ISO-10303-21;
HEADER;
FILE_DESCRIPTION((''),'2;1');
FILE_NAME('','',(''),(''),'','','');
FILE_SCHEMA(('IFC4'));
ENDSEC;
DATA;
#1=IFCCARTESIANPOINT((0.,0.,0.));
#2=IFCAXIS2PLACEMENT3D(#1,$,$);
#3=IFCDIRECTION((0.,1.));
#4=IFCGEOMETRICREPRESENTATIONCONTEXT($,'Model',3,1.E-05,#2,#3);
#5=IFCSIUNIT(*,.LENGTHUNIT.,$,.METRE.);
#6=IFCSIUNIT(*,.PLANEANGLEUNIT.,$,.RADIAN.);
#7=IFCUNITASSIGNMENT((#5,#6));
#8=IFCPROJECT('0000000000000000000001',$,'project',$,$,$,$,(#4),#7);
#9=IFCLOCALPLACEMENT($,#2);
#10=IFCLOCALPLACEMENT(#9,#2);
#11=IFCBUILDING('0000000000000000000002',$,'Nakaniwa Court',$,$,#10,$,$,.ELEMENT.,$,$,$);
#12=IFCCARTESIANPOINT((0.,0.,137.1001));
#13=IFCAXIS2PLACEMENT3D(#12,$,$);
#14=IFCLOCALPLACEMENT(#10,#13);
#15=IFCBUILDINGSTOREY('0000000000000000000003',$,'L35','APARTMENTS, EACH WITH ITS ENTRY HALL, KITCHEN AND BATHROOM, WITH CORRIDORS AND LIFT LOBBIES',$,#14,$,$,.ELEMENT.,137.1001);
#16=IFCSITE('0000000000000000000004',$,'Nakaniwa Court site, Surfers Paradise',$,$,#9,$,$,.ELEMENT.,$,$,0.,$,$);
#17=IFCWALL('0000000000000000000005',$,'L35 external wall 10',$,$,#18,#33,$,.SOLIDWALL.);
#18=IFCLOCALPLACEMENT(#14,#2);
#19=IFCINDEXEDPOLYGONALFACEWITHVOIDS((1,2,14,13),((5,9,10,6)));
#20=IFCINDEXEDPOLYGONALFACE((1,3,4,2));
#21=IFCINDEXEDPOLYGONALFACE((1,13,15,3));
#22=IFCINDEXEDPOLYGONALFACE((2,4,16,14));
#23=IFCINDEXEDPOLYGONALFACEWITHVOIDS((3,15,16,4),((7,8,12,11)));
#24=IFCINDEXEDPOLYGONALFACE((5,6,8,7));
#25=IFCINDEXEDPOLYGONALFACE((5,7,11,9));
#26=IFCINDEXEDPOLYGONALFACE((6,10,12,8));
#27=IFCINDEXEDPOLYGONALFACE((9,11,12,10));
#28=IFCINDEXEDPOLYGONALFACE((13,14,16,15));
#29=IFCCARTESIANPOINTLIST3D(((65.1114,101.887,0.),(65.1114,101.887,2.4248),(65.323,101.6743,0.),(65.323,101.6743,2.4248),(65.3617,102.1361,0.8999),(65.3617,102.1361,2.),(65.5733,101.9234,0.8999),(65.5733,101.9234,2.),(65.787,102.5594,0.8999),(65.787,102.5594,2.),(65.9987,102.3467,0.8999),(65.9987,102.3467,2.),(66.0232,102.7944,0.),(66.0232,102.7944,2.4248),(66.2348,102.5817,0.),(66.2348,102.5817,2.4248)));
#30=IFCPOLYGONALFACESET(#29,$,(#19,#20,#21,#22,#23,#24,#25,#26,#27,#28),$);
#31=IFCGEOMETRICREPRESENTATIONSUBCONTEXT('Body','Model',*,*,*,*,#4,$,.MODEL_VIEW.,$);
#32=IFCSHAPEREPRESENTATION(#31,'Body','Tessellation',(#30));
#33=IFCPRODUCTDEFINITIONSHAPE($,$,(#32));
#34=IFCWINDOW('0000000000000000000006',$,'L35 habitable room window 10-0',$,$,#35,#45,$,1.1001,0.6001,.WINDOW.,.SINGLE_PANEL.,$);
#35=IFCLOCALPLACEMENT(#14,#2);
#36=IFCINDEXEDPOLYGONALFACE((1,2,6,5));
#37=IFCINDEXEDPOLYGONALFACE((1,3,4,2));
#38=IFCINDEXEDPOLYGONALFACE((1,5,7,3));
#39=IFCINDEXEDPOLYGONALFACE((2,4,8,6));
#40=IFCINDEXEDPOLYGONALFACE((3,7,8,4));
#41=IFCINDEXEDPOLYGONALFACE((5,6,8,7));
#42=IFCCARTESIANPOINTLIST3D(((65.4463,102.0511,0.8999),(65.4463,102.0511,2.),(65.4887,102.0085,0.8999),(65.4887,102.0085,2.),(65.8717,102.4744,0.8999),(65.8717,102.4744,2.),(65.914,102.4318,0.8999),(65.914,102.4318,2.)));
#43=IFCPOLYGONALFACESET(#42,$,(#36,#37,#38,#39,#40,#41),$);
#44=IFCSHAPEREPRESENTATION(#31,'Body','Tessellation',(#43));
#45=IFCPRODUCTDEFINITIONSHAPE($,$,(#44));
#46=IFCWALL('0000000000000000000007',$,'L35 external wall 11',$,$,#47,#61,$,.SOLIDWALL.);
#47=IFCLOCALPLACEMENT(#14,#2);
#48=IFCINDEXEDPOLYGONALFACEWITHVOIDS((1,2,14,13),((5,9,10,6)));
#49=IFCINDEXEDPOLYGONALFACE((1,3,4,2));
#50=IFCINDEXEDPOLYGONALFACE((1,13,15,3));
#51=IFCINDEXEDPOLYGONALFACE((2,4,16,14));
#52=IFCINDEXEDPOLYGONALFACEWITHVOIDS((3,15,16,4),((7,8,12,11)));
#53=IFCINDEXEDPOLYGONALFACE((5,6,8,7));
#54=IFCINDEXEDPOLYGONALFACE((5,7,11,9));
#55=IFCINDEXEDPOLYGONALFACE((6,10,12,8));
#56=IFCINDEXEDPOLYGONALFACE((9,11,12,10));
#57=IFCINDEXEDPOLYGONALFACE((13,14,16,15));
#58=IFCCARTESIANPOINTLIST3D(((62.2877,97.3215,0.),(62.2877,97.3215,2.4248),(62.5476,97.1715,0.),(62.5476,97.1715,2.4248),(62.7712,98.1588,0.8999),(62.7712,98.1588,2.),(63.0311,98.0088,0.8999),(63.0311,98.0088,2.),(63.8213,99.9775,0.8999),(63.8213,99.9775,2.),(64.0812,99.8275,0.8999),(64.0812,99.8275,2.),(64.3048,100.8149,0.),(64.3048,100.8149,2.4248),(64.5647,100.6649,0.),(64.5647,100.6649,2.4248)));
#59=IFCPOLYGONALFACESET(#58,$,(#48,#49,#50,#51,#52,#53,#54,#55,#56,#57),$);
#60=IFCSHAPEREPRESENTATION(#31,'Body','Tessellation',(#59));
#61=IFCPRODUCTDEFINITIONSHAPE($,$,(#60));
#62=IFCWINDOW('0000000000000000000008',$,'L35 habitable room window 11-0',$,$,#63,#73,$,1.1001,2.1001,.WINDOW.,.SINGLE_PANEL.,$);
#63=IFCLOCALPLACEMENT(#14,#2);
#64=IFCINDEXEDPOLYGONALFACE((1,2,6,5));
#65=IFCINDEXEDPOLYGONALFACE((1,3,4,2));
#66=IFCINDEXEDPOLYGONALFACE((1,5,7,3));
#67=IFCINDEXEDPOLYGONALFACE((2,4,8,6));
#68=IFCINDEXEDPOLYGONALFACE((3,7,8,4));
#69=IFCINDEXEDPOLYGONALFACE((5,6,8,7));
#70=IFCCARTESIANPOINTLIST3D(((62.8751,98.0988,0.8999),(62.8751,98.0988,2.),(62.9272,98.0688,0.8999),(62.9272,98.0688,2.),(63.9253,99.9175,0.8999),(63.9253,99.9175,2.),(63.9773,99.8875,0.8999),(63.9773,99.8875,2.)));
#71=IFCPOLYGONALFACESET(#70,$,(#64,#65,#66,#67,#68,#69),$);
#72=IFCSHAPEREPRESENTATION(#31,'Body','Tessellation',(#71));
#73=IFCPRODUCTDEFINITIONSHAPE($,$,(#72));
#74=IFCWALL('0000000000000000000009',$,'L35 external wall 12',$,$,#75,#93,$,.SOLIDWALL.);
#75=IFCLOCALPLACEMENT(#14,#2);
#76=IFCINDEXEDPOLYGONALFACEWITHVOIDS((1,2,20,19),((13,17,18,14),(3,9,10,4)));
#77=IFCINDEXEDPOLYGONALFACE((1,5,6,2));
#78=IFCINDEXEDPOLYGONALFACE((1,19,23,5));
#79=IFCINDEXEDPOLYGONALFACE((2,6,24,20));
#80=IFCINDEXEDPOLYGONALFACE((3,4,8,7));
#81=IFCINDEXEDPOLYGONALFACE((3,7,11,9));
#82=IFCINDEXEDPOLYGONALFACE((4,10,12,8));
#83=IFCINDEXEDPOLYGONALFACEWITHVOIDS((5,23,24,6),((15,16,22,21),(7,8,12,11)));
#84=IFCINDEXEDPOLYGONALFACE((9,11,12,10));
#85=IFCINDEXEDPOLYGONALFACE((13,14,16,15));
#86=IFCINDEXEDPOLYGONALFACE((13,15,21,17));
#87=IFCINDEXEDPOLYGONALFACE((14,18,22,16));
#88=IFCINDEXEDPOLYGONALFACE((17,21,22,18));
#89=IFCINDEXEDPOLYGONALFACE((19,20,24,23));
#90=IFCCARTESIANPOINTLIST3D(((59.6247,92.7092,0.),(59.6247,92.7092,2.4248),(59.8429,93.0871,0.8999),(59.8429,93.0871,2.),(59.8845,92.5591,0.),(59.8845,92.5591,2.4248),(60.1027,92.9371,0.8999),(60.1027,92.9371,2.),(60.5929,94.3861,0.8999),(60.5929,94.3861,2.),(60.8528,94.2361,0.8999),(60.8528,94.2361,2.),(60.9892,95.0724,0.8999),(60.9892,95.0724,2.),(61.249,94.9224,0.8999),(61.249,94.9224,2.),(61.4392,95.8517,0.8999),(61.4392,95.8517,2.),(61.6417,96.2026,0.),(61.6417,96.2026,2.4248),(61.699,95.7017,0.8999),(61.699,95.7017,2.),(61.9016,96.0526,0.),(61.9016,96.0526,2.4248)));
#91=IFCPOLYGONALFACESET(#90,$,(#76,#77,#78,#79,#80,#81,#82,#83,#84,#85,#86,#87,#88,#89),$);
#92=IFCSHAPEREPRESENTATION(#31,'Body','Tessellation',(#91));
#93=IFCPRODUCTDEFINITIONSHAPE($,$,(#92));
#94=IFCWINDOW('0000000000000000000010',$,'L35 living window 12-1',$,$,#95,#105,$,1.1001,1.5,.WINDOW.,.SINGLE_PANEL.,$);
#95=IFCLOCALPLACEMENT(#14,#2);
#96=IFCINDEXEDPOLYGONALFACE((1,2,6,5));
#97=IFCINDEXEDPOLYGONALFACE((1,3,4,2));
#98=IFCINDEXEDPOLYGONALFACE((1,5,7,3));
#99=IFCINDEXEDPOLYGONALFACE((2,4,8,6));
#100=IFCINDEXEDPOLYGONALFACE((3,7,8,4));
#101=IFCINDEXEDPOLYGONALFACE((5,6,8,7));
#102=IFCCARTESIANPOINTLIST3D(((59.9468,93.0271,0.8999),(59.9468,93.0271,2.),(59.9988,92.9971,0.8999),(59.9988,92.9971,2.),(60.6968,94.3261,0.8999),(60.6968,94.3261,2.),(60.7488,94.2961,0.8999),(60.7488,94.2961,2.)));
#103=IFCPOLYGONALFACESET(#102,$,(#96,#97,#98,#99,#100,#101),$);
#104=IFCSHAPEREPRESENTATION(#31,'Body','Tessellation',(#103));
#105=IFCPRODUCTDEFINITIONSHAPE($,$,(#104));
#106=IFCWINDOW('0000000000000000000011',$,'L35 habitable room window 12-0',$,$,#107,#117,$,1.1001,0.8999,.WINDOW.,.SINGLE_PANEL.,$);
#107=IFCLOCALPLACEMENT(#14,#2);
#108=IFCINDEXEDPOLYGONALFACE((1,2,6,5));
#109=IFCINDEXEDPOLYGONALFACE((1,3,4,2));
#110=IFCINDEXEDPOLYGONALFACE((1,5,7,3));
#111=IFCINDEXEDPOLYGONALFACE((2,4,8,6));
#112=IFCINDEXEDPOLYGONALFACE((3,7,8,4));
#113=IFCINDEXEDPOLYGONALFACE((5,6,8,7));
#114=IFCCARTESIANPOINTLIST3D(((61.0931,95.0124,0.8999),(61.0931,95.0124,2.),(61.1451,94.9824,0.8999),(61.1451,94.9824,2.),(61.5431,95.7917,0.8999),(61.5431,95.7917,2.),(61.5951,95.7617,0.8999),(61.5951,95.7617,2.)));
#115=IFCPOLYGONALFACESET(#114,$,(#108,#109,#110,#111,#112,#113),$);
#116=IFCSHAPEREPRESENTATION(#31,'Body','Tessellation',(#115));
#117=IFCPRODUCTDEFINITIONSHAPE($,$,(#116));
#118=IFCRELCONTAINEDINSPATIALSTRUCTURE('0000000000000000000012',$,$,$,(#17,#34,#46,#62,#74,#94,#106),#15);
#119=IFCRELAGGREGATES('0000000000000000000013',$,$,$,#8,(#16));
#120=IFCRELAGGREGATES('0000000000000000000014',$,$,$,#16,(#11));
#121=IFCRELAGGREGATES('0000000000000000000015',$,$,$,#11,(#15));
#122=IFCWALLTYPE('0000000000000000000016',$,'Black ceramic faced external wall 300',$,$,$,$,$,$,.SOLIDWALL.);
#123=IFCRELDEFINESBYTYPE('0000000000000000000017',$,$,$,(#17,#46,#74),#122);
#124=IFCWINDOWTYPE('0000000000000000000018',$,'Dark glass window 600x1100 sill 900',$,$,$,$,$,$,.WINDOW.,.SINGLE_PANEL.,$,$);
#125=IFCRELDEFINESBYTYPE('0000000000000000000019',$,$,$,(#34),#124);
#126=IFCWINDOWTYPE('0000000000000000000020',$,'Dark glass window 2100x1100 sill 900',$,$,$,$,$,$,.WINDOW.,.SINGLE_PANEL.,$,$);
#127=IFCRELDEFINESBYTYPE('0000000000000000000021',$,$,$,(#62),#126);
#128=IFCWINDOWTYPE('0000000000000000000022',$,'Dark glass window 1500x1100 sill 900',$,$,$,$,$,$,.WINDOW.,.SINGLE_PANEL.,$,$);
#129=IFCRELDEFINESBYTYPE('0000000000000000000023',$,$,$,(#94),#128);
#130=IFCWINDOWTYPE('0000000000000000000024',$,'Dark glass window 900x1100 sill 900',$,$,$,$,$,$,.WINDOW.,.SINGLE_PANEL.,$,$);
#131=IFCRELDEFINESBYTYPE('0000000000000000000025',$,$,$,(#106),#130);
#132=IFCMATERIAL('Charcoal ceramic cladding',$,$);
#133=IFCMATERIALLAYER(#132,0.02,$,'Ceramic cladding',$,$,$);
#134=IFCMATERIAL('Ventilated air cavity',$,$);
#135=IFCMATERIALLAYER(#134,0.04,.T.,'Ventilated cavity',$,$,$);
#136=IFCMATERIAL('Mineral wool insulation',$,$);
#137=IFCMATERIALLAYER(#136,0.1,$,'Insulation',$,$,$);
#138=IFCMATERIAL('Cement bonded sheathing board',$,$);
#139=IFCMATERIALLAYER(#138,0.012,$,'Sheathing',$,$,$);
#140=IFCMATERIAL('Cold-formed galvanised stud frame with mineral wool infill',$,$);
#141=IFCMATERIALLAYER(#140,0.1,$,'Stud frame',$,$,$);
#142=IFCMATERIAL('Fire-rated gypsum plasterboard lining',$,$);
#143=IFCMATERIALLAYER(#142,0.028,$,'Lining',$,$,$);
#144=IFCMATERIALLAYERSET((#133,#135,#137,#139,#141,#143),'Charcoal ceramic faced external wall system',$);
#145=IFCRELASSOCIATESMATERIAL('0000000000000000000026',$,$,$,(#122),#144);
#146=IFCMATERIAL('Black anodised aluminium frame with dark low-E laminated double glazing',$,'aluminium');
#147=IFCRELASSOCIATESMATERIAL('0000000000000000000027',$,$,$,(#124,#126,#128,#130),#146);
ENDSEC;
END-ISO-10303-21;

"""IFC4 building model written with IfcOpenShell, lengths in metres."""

from ifc_helpers import new_model, si_unit, direction, frame, frame_2d, origin, place, context, subcontext, project, spatial, rectangle, extrude, material, layer, layer_set, type_object, element, fill, save


model = new_model("IFC4")

# Units and contexts
model_context = context("Model", 3, precision=1e-05, world=origin(), true_north=direction((0.0, 1.0)))
body_context = subcontext(model_context, "Body", "Model", "MODEL_VIEW")
ifc_project = project(units=[si_unit("LENGTHUNIT", "METRE"), si_unit("PLANEANGLEUNIT", "RADIAN")], contexts=[model_context])

# Site, building, storey
site_placement = place(None, origin())
site = spatial("IfcSite", under=ifc_project, at=site_placement, Name="Nakaniwa Court site, Surfers Paradise", CompositionType="ELEMENT", RefElevation=0.0)
building_placement = place(site_placement, origin())
building = spatial("IfcBuilding", under=site, at=building_placement, Name="Nakaniwa Court", CompositionType="ELEMENT")
storey_placement = place(building_placement, frame((0.0, 0.0, 137.1001)))
storey = spatial("IfcBuildingStorey", under=building, at=storey_placement, Name="L35", Description="APARTMENTS, EACH WITH ITS ENTRY HALL, KITCHEN AND BATHROOM, WITH CORRIDORS AND LIFT LOBBIES", CompositionType="ELEMENT", Elevation=137.1001)

# Walls, openings, windows
ifc_material_1 = material(Name="Charcoal ceramic cladding")
ifc_layer_1 = layer(ifc_material_1, 0.02, Name="Ceramic cladding")
ifc_material_2 = material(Name="Ventilated air cavity")
ifc_layer_2 = layer(ifc_material_2, 0.04, ventilated=True, Name="Ventilated cavity")
ifc_material_3 = material(Name="Mineral wool insulation")
ifc_layer_3 = layer(ifc_material_3, 0.1, Name="Insulation")
ifc_material_4 = material(Name="Cement bonded sheathing board")
ifc_layer_4 = layer(ifc_material_4, 0.012, Name="Sheathing")
ifc_material_5 = material(Name="Cold-formed galvanised stud frame with mineral wool infill")
ifc_layer_5 = layer(ifc_material_5, 0.1, Name="Stud frame")
ifc_material_6 = material(Name="Fire-rated gypsum plasterboard lining")
ifc_layer_6 = layer(ifc_material_6, 0.028, Name="Lining")
ifc_layer_set_1 = layer_set([ifc_layer_1, ifc_layer_2, ifc_layer_3, ifc_layer_4, ifc_layer_5, ifc_layer_6], Name="Charcoal ceramic faced external wall system")
wall_type_1 = type_object("IfcWallType", Name="Black ceramic faced external wall 300", PredefinedType="SOLIDWALL", material=ifc_layer_set_1)
wall_1_placement = place(storey_placement, frame((66.1289, 102.688, 0.0), z_axis=(0.0, 0.0, 1.0), x_axis=(-0.708813, -0.705397, 0.0)))
wall_1 = element("IfcWall", 1, at=wall_1_placement, inside=storey, type_object=wall_type_1, Name="L35 external wall 10", PredefinedType="SOLIDWALL", context=body_context, shape_type="SweptSolid", body=[
    extrude(rectangle(XDim=1.2864, YDim=0.3, at=frame_2d((0.6431, 0.0))), origin(), (0.0, 0.0, 1.0), 2.4248),
])
opening_1_placement = place(wall_1_placement, frame((0.333, 0.0, 0.8999)))
opening_1 = element("IfcOpeningElement", 2, at=opening_1_placement, cuts=wall_1, PredefinedType="OPENING", context=body_context, shape_type="SweptSolid", body=[
    extrude(rectangle(XDim=0.6001, YDim=1.1001, at=frame_2d((0.3, 0.55))), frame((0.0, 0.1599, 0.0), z_axis=(0.0, -1.0, 0.0), x_axis=(1.0, 0.0, 0.0)), (0.0, 0.0, 1.0), 0.3201),
])
ifc_material_7 = material(Name="Black anodised aluminium frame with dark low-E laminated double glazing", Category="aluminium")
window_type_1 = type_object("IfcWindowType", Name="Dark glass window 600x1100 sill 900", PartitioningType="SINGLE_PANEL", PredefinedType="WINDOW", material=ifc_material_7)
window_1_placement = place(opening_1_placement, origin())
window_1 = element("IfcWindow", 3, at=window_1_placement, inside=storey, type_object=window_type_1, Name="L35 habitable room window 10-0", OverallHeight=1.1001, OverallWidth=0.6001, PartitioningType="SINGLE_PANEL", PredefinedType="WINDOW", context=body_context, shape_type="SweptSolid", body=[
    extrude(rectangle(XDim=0.6001, YDim=1.1001, at=frame_2d((0.3, 0.55))), frame((0.0, 0.03, 0.0), z_axis=(0.0, -1.0, 0.0), x_axis=(1.0, 0.0, 0.0)), (0.0, 0.0, 1.0), 0.0601),
])
fill(opening_1, window_1)
wall_2_placement = place(storey_placement, frame((64.4348, 100.74, 0.0), z_axis=(0.0, 0.0, 1.0), x_axis=(-0.500032, -0.866007, 0.0)))
wall_2 = element("IfcWall", 4, at=wall_2_placement, inside=storey, type_object=wall_type_1, Name="L35 external wall 11", PredefinedType="SOLIDWALL", context=body_context, shape_type="SweptSolid", body=[
    extrude(rectangle(XDim=4.0339, YDim=0.3, at=frame_2d((2.0171, 0.0))), origin(), (0.0, 0.0, 1.0), 2.4248),
])
opening_2_placement = place(wall_2_placement, frame((0.967, 0.0, 0.8999)))
opening_2 = element("IfcOpeningElement", 5, at=opening_2_placement, cuts=wall_2, PredefinedType="OPENING", context=body_context, shape_type="SweptSolid", body=[
    extrude(rectangle(XDim=2.1001, YDim=1.1001, at=frame_2d((1.05, 0.55))), frame((0.0, 0.1599, 0.0), z_axis=(0.0, -1.0, 0.0), x_axis=(1.0, 0.0, 0.0)), (0.0, 0.0, 1.0), 0.3201),
])
window_type_2 = type_object("IfcWindowType", Name="Dark glass window 2100x1100 sill 900", PartitioningType="SINGLE_PANEL", PredefinedType="WINDOW", material=ifc_material_7)
window_2_placement = place(opening_2_placement, origin())
window_2 = element("IfcWindow", 6, at=window_2_placement, inside=storey, type_object=window_type_2, Name="L35 habitable room window 11-0", OverallHeight=1.1001, OverallWidth=2.1001, PartitioningType="SINGLE_PANEL", PredefinedType="WINDOW", context=body_context, shape_type="SweptSolid", body=[
    extrude(rectangle(XDim=2.1001, YDim=1.1001, at=frame_2d((1.05, 0.55))), frame((0.0, 0.03, 0.0), z_axis=(0.0, -1.0, 0.0), x_axis=(1.0, 0.0, 0.0)), (0.0, 0.0, 1.0), 0.0601),
])
fill(opening_2, window_2)

# Wall, openings, windows
wall_3_placement = place(storey_placement, frame((61.7717, 96.1277, 0.0), z_axis=(0.0, 0.0, 1.0), x_axis=(-0.500032, -0.866007, 0.0)))
wall_3 = element("IfcWall", 7, at=wall_3_placement, inside=storey, type_object=wall_type_1, Name="L35 external wall 12", PredefinedType="SOLIDWALL", context=body_context, shape_type="SweptSolid", body=[
    extrude(rectangle(XDim=4.0339, YDim=0.3, at=frame_2d((2.0171, 0.0))), origin(), (0.0, 0.0, 1.0), 2.4248),
])
opening_3_placement = place(wall_3_placement, frame((0.4053, 0.0, 0.8999)))
opening_3 = element("IfcOpeningElement", 8, at=opening_3_placement, cuts=wall_3, PredefinedType="OPENING", context=body_context, shape_type="SweptSolid", body=[
    extrude(rectangle(XDim=0.8999, YDim=1.1001, at=frame_2d((0.45, 0.55))), frame((0.0, 0.1599, 0.0), z_axis=(0.0, -1.0, 0.0), x_axis=(1.0, 0.0, 0.0)), (0.0, 0.0, 1.0), 0.3201),
])
opening_4_placement = place(wall_3_placement, frame((2.0977, 0.0, 0.8999)))
opening_4 = element("IfcOpeningElement", 9, at=opening_4_placement, cuts=wall_3, PredefinedType="OPENING", context=body_context, shape_type="SweptSolid", body=[
    extrude(rectangle(XDim=1.5, YDim=1.1001, at=frame_2d((0.75, 0.55))), frame((0.0, 0.1599, 0.0), z_axis=(0.0, -1.0, 0.0), x_axis=(1.0, 0.0, 0.0)), (0.0, 0.0, 1.0), 0.3201),
])
window_type_3 = type_object("IfcWindowType", Name="Dark glass window 1500x1100 sill 900", PartitioningType="SINGLE_PANEL", PredefinedType="WINDOW", material=ifc_material_7)
window_3_placement = place(opening_4_placement, origin())
window_3 = element("IfcWindow", 10, at=window_3_placement, inside=storey, type_object=window_type_3, Name="L35 living window 12-1", OverallHeight=1.1001, OverallWidth=1.5, PartitioningType="SINGLE_PANEL", PredefinedType="WINDOW", context=body_context, shape_type="SweptSolid", body=[
    extrude(rectangle(XDim=1.5, YDim=1.1001, at=frame_2d((0.75, 0.55))), frame((0.0, 0.03, 0.0), z_axis=(0.0, -1.0, 0.0), x_axis=(1.0, 0.0, 0.0)), (0.0, 0.0, 1.0), 0.0601),
])
fill(opening_4, window_3)
window_type_4 = type_object("IfcWindowType", Name="Dark glass window 900x1100 sill 900", PartitioningType="SINGLE_PANEL", PredefinedType="WINDOW", material=ifc_material_7)
window_4_placement = place(opening_3_placement, origin())
window_4 = element("IfcWindow", 11, at=window_4_placement, inside=storey, type_object=window_type_4, Name="L35 habitable room window 12-0", OverallHeight=1.1001, OverallWidth=0.8999, PartitioningType="SINGLE_PANEL", PredefinedType="WINDOW", context=body_context, shape_type="SweptSolid", body=[
    extrude(rectangle(XDim=0.8999, YDim=1.1001, at=frame_2d((0.45, 0.55))), frame((0.0, 0.03, 0.0), z_axis=(0.0, -1.0, 0.0), x_axis=(1.0, 0.0, 0.0)), (0.0, 0.0, 1.0), 0.0601),
])
fill(opening_3, window_4)

save(model, "model.ifc")
